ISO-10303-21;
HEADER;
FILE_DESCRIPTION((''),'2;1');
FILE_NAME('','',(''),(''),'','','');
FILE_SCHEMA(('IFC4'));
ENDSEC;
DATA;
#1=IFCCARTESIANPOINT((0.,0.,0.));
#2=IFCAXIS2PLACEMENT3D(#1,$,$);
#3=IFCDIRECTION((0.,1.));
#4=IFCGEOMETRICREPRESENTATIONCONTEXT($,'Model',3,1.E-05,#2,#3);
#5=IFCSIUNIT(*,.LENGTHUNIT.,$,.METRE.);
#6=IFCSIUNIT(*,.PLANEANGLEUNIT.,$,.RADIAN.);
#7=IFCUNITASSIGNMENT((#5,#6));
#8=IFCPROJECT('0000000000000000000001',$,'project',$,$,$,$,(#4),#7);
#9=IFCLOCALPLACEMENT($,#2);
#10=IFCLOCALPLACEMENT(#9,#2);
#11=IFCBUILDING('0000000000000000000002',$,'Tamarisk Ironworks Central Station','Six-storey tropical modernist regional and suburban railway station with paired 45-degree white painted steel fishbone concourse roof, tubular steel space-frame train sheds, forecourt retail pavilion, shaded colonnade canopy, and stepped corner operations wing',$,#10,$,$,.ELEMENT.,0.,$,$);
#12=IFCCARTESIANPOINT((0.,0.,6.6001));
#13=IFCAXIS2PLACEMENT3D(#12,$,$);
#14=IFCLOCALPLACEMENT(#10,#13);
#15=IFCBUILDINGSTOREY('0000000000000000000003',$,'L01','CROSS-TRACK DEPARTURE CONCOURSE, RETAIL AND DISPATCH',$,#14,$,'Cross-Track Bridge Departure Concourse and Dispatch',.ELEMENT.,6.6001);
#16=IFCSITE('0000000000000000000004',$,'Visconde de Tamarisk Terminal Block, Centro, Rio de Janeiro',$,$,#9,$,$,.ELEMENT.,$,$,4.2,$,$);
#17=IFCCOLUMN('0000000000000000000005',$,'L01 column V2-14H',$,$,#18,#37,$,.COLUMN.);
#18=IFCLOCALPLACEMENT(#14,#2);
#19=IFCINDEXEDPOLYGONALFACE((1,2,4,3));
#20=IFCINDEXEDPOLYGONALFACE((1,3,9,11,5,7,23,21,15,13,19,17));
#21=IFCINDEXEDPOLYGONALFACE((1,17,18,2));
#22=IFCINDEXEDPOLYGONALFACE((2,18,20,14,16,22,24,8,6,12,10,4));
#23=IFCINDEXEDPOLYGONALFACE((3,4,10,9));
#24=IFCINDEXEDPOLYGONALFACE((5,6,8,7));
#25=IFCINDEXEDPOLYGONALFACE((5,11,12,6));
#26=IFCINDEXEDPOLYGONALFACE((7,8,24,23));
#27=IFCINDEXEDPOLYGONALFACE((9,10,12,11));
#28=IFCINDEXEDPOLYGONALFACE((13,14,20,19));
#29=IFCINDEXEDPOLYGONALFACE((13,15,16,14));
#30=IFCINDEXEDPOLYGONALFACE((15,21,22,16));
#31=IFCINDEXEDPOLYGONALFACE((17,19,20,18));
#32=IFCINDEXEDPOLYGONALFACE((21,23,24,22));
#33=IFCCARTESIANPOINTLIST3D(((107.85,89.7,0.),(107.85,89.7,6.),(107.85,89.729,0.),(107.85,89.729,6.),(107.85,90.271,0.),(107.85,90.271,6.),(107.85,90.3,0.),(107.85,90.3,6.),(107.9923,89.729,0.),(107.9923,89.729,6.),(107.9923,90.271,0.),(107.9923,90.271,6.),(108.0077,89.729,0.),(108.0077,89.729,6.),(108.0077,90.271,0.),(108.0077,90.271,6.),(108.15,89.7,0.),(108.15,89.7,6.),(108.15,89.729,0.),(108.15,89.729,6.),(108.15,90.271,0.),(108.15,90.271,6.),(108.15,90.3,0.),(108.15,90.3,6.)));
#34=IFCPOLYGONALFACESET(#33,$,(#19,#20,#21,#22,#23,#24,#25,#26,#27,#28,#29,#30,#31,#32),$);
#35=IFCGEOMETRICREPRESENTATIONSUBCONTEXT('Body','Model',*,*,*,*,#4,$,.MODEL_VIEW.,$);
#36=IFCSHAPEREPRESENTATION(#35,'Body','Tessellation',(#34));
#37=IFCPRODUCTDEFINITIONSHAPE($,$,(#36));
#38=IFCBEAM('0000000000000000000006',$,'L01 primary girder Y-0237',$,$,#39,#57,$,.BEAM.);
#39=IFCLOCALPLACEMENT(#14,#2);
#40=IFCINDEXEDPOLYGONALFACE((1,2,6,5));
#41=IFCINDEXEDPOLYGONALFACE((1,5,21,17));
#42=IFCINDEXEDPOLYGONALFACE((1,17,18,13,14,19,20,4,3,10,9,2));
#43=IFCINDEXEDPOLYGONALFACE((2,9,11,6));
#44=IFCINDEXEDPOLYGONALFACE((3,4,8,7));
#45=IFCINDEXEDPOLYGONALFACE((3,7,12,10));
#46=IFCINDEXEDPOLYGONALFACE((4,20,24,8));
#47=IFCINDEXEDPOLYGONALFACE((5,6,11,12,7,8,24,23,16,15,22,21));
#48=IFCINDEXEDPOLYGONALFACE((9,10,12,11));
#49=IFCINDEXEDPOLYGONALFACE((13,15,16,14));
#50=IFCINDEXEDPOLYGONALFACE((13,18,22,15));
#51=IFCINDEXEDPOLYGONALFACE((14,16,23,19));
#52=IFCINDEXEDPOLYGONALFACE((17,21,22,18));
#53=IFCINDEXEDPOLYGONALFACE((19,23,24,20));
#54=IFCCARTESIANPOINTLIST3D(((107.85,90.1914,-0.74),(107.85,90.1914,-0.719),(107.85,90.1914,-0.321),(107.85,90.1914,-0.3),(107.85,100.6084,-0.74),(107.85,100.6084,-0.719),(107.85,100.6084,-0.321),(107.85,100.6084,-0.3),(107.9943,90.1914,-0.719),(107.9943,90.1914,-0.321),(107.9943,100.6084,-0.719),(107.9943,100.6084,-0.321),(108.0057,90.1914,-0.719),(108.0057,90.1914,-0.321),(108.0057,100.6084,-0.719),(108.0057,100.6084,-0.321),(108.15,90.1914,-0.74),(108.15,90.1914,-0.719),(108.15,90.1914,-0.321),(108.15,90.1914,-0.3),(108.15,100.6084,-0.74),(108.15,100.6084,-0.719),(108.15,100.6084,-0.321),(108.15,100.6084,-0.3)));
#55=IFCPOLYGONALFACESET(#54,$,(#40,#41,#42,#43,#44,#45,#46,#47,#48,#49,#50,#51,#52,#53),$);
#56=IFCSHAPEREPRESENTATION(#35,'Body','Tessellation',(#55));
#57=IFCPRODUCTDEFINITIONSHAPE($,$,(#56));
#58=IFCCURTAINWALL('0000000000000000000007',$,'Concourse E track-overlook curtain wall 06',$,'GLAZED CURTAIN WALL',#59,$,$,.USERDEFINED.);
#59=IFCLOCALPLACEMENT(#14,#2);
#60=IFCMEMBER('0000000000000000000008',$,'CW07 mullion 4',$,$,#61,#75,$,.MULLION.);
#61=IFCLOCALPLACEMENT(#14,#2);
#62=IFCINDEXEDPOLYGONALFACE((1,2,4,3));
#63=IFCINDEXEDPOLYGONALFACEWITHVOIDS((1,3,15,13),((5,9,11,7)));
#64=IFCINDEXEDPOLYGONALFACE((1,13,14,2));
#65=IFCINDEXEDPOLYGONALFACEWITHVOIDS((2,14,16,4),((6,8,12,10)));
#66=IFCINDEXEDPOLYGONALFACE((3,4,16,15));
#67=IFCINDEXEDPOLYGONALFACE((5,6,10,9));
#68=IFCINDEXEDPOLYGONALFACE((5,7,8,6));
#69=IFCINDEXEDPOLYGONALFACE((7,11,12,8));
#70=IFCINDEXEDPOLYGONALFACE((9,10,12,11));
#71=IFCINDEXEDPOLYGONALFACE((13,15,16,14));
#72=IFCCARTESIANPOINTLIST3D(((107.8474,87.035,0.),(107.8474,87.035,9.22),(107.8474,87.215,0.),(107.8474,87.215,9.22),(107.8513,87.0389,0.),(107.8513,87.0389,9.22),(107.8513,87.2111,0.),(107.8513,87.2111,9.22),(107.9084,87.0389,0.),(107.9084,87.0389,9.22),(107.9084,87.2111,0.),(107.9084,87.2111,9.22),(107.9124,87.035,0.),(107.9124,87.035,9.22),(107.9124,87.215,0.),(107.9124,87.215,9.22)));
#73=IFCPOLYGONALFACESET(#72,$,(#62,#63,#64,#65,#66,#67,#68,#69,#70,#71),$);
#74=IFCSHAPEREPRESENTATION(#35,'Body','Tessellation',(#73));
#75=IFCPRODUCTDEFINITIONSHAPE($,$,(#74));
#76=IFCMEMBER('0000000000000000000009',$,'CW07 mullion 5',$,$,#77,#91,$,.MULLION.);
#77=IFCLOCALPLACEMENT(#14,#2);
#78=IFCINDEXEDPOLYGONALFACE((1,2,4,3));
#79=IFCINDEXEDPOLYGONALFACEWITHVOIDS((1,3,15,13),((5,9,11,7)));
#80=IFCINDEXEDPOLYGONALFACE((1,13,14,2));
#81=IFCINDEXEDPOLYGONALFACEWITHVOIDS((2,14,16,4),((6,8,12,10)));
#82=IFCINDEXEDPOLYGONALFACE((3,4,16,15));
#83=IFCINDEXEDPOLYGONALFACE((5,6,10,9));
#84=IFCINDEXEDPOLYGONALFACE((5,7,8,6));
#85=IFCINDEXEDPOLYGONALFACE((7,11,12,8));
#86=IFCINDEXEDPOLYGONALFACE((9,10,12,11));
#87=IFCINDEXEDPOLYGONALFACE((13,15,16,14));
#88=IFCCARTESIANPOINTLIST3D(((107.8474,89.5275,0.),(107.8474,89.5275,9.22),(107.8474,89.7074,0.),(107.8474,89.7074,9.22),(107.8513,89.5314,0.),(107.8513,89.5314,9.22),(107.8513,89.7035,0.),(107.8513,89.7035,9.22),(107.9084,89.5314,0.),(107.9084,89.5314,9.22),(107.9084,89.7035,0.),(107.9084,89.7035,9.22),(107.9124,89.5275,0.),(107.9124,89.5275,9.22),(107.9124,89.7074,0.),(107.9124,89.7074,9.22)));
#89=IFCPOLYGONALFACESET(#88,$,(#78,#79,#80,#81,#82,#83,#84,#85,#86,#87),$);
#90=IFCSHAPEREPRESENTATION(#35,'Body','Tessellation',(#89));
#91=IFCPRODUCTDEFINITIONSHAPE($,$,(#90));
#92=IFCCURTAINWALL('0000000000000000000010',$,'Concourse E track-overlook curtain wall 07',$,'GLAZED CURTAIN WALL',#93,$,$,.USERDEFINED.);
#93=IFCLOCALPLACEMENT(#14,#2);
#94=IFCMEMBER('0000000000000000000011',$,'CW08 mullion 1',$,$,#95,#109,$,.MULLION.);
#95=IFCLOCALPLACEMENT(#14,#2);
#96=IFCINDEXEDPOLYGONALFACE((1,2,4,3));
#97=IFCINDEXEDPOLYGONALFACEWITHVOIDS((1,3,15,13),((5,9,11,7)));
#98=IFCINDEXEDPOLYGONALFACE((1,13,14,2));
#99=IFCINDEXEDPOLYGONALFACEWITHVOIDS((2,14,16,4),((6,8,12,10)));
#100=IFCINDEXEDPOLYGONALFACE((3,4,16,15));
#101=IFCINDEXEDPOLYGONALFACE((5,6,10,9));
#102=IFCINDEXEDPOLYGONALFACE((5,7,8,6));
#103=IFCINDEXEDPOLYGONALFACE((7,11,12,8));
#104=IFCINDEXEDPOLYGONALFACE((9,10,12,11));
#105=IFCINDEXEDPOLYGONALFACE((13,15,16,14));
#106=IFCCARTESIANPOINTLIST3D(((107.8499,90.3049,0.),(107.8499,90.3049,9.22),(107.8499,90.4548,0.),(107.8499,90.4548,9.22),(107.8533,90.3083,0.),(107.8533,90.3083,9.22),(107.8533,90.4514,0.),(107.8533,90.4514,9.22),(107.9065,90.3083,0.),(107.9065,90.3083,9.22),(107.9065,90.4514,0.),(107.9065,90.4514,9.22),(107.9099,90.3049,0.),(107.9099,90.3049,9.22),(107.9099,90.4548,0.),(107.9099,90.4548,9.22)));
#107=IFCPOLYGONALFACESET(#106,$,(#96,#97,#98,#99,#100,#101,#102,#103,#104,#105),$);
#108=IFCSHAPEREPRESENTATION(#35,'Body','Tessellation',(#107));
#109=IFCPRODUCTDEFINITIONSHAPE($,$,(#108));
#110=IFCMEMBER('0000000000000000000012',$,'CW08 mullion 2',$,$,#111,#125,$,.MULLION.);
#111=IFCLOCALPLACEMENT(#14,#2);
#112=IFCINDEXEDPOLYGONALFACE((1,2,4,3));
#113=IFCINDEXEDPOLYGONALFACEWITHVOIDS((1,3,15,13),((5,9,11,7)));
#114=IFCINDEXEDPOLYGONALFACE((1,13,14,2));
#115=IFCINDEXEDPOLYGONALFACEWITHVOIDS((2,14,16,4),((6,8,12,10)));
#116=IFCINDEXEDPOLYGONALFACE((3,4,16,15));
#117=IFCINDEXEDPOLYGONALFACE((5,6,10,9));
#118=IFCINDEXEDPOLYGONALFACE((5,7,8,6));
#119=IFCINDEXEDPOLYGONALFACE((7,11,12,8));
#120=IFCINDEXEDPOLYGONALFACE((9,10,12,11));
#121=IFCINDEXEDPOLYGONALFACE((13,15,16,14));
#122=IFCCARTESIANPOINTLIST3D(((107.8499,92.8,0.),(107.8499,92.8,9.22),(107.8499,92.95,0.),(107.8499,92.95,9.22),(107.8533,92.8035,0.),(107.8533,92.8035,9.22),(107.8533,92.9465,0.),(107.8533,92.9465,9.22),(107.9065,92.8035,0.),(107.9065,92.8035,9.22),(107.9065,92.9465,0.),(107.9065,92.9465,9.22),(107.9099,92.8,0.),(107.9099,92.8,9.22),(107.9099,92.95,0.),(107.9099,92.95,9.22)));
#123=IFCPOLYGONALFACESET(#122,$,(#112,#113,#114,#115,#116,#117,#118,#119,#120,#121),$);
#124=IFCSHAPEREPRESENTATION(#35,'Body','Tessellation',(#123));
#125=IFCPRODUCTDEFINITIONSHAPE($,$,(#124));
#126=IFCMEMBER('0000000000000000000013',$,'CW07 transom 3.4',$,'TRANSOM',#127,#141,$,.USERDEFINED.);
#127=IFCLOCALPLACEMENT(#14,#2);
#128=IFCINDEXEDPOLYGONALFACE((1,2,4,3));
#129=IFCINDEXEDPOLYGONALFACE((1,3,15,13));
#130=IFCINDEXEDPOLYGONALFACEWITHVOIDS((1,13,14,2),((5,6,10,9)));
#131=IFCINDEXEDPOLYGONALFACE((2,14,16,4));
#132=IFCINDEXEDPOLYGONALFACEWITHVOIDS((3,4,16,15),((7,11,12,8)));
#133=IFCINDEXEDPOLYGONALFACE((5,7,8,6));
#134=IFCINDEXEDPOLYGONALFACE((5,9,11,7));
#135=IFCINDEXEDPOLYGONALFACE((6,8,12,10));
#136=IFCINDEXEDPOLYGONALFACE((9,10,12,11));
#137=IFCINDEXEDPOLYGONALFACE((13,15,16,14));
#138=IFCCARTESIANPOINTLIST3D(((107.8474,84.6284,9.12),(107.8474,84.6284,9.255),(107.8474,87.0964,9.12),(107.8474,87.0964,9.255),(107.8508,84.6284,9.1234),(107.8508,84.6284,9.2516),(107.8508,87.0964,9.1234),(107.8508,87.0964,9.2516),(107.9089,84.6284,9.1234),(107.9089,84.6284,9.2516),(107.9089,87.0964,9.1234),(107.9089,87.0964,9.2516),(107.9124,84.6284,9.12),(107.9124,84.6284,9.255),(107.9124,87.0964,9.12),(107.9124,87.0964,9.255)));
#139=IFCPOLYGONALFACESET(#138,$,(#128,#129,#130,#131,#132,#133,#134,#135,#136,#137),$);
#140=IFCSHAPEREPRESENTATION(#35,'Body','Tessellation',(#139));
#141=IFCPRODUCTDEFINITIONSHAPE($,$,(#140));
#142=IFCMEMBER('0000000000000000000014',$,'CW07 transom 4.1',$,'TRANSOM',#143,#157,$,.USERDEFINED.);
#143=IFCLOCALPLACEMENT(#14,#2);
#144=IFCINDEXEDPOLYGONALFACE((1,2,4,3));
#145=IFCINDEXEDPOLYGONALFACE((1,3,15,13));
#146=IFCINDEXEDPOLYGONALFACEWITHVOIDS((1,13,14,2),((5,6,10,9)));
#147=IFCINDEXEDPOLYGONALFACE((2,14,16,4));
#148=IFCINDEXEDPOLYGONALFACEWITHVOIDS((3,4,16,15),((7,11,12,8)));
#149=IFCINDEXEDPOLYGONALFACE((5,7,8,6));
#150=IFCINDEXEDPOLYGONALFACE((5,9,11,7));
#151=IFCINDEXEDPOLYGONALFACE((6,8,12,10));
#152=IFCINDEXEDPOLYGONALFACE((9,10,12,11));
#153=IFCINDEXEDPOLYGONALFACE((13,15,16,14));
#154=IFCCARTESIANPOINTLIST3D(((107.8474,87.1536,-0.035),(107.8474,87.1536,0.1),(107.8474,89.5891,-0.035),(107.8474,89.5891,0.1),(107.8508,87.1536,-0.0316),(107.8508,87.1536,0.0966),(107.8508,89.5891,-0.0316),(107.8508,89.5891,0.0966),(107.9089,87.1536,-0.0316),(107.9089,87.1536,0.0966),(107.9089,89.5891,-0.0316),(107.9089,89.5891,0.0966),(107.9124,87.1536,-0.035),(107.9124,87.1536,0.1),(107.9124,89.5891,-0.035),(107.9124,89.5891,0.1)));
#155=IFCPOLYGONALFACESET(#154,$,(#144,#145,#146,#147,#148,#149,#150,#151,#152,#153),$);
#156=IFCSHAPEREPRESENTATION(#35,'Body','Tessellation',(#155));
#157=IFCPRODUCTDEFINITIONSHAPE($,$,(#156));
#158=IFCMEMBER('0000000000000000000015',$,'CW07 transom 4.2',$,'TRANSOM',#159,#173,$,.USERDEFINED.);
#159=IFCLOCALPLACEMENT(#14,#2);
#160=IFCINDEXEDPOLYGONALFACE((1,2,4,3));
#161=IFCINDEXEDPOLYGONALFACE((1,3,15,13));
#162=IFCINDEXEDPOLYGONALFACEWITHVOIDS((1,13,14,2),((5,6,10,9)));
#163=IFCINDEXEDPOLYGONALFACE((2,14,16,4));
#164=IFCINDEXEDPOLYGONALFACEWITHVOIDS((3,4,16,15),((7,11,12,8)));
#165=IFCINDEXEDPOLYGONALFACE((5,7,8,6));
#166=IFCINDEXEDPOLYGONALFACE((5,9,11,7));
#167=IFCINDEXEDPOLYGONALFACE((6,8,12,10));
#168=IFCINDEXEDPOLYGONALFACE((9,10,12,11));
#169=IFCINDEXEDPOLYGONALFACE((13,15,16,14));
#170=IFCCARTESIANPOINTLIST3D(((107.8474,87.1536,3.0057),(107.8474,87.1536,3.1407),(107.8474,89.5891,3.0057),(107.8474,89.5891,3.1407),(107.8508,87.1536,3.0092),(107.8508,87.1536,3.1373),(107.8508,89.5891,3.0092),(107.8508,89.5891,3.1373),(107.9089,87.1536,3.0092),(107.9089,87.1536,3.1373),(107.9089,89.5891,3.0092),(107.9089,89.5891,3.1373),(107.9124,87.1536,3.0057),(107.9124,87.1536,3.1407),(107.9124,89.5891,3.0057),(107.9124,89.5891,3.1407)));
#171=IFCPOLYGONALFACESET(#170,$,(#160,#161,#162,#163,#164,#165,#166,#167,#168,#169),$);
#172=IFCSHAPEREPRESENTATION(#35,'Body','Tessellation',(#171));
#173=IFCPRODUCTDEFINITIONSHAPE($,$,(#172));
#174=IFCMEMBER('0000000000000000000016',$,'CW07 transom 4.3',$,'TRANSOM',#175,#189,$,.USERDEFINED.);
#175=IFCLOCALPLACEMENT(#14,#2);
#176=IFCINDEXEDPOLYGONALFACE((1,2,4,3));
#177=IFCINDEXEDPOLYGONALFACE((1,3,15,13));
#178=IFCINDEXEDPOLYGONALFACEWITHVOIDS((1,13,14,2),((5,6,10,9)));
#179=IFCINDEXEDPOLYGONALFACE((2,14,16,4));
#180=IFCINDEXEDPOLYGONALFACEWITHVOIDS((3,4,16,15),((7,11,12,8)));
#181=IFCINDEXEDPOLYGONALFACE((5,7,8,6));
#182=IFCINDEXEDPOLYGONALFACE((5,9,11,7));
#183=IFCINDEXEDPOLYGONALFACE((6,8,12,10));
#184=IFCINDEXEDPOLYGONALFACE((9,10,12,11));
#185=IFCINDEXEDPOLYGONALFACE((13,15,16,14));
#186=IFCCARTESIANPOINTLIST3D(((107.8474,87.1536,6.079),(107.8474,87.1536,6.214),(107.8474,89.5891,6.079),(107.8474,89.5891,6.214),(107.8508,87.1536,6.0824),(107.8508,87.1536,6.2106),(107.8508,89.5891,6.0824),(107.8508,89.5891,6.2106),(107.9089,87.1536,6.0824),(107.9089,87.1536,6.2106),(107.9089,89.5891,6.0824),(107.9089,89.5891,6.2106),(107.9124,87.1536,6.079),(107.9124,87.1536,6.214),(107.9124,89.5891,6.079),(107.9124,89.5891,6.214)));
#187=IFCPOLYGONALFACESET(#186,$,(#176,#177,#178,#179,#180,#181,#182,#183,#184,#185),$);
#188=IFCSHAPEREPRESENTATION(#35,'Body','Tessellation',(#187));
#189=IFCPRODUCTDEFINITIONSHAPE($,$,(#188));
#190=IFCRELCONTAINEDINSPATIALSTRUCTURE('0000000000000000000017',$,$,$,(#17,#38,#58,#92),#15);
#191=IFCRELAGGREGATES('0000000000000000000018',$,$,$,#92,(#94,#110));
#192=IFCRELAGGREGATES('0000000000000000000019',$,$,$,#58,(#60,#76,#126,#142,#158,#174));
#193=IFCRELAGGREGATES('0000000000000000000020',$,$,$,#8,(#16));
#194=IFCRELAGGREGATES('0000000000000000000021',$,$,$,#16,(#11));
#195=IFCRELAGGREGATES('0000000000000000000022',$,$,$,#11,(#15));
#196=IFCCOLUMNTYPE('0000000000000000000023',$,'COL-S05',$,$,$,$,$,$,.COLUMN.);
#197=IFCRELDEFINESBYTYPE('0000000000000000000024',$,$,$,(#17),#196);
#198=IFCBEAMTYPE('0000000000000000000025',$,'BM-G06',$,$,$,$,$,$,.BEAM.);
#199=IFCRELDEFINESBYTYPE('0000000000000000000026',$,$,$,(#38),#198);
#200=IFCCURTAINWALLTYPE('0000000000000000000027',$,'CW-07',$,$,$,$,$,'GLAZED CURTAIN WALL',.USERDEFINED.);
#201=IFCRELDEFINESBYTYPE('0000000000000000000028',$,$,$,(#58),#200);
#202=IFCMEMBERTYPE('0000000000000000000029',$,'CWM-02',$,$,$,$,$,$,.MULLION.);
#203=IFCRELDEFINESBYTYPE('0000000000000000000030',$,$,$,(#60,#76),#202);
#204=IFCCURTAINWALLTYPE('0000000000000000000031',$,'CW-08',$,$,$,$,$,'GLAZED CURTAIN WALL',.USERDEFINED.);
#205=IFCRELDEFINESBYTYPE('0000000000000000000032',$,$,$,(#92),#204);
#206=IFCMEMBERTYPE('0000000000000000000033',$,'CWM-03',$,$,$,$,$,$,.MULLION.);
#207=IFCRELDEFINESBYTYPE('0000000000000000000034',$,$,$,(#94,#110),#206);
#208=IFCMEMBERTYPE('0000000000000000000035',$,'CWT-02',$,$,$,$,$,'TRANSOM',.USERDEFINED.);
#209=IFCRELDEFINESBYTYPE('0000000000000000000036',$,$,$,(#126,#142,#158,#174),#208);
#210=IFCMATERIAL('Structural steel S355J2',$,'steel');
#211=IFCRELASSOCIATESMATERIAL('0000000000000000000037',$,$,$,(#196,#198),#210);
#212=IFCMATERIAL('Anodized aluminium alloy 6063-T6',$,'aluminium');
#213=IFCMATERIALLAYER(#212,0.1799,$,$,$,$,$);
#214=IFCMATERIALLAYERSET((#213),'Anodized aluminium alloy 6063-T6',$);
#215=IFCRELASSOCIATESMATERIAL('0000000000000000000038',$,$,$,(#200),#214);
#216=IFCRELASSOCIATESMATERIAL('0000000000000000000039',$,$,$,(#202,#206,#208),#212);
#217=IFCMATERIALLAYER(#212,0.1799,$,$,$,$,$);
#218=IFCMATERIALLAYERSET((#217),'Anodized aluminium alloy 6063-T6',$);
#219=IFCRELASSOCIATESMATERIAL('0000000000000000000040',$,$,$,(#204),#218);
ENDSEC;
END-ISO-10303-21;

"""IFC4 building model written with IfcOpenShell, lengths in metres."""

from ifc_helpers import new_model, si_unit, direction, frame, origin, origin_2d, place, context, subcontext, project, spatial, hollow_rectangle, i_section, extrude, material, layer, layer_set, material_profile, profile_set, type_object, element, aggregate, save


model = new_model("IFC4")

# Units and contexts
model_context = context("Model", 3, precision=1e-05, world=origin(), true_north=direction((0.0, 1.0)))
body_context = subcontext(model_context, "Body", "Model", "MODEL_VIEW")
ifc_project = project(units=[si_unit("LENGTHUNIT", "METRE"), si_unit("PLANEANGLEUNIT", "RADIAN")], contexts=[model_context])

# Site, building, storey
site_placement = place(None, origin())
site = spatial("IfcSite", under=ifc_project, at=site_placement, Name="Visconde de Tamarisk Terminal Block, Centro, Rio de Janeiro", CompositionType="ELEMENT", RefElevation=4.2)
building_placement = place(site_placement, origin())
building = spatial("IfcBuilding", under=site, at=building_placement, Name="Tamarisk Ironworks Central Station", Description="Six-storey tropical modernist regional and suburban railway station with paired 45-degree white painted steel fishbone concourse roof, tubular steel space-frame train sheds, forecourt retail pavilion, shaded colonnade canopy, and stepped corner operations wing", CompositionType="ELEMENT", ElevationOfRefHeight=0.0)
storey_placement = place(building_placement, frame((0.0, 0.0, 6.6001)))
storey = spatial("IfcBuildingStorey", under=building, at=storey_placement, Name="L01", Description="CROSS-TRACK DEPARTURE CONCOURSE, RETAIL AND DISPATCH", LongName="Cross-Track Bridge Departure Concourse and Dispatch", CompositionType="ELEMENT", Elevation=6.6001)

# Column
ifc_material_1 = material(Name="Structural steel S355J2", Category="steel")
ifc_material_profile_1 = material_profile(ifc_material_1, i_section(OverallWidth=0.3, OverallDepth=0.6001, WebThickness=0.0154, FlangeThickness=0.0291, at=origin_2d()), Name="HEB 600")
ifc_profile_set_1 = profile_set([ifc_material_profile_1], Name="Structural steel S355J2")
column_type = type_object("IfcColumnType", Name="COL-S05", PredefinedType="COLUMN", material=ifc_profile_set_1)
column_placement = place(storey_placement, frame((108.0, 90.0, 0.0), z_axis=(0.0, 0.0, 1.0), x_axis=(1.0, 0.0, 0.0)))
element("IfcColumn", 1, at=column_placement, inside=storey, type_object=column_type, Name="L01 column V2-14H", PredefinedType="COLUMN", context=body_context, shape_type="SweptSolid", body=[
    extrude(i_section(OverallWidth=0.3, OverallDepth=0.6001, WebThickness=0.0154, FlangeThickness=0.0291, at=origin_2d()), origin(), (0.0, 0.0, 1.0), 6.0),
])

# Beam
ifc_material_profile_2 = material_profile(ifc_material_1, i_section(OverallWidth=0.3, OverallDepth=0.4399, WebThickness=0.0115, FlangeThickness=0.021, at=origin_2d()), Name="HEA 450")
ifc_profile_set_2 = profile_set([ifc_material_profile_2], Name="Structural steel S355J2")
beam_type = type_object("IfcBeamType", Name="BM-G06", PredefinedType="BEAM", material=ifc_profile_set_2)
beam_placement = place(storey_placement, frame((108.0, 90.1914, -0.52), z_axis=(0.0, 1.0, 0.0), x_axis=(-1.0, 0.0, 0.0)))
element("IfcBeam", 2, at=beam_placement, inside=storey, type_object=beam_type, Name="L01 primary girder Y-0237", PredefinedType="BEAM", context=body_context, shape_type="SweptSolid", body=[
    extrude(i_section(OverallWidth=0.3, OverallDepth=0.4399, WebThickness=0.0115, FlangeThickness=0.021, at=origin_2d()), origin(), (0.0, 0.0, 1.0), 10.417),
])

# Curtain walls, members
ifc_material_2 = material(Name="Anodized aluminium alloy 6063-T6", Category="aluminium")
ifc_layer_1 = layer(ifc_material_2, 0.1799)
ifc_layer_set_1 = layer_set([ifc_layer_1], Name="Anodized aluminium alloy 6063-T6")
curtain_wall_type_1 = type_object("IfcCurtainWallType", Name="CW-07", ElementType="GLAZED CURTAIN WALL", PredefinedType="USERDEFINED", material=ifc_layer_set_1)
curtain_wall_1_placement = place(storey_placement, origin())
curtain_wall_1 = element("IfcCurtainWall", 3, at=curtain_wall_1_placement, inside=storey, type_object=curtain_wall_type_1, Name="Concourse E track-overlook curtain wall 06", ObjectType="GLAZED CURTAIN WALL", PredefinedType="USERDEFINED")
ifc_material_profile_3 = material_profile(ifc_material_2, hollow_rectangle(XDim=0.0649, YDim=0.1799, WallThickness=0.0039, at=origin_2d()), Name="ALUM 180x65")
ifc_profile_set_3 = profile_set([ifc_material_profile_3], Name="Anodized aluminium alloy 6063-T6")
member_type_1 = type_object("IfcMemberType", Name="CWM-02", PredefinedType="MULLION", material=ifc_profile_set_3)
member_1_placement = place(storey_placement, frame((107.8799, 87.125, 0.0), z_axis=(0.0, 0.0, 1.0), x_axis=(-1.0, 0.0, 0.0)))
member_1 = element("IfcMember", 4, at=member_1_placement, type_object=member_type_1, Name="CW07 mullion 4", PredefinedType="MULLION", context=body_context, shape_type="SweptSolid", body=[
    extrude(hollow_rectangle(XDim=0.0649, YDim=0.1799, WallThickness=0.0039, at=origin_2d()), origin(), (0.0, 0.0, 1.0), 9.22),
])
member_2_placement = place(storey_placement, frame((107.8799, 89.6174, 0.0), z_axis=(0.0, 0.0, 1.0), x_axis=(-1.0, 0.0, 0.0)))
member_2 = element("IfcMember", 5, at=member_2_placement, type_object=member_type_1, Name="CW07 mullion 5", PredefinedType="MULLION", context=body_context, shape_type="SweptSolid", body=[
    extrude(hollow_rectangle(XDim=0.0649, YDim=0.1799, WallThickness=0.0039, at=origin_2d()), origin(), (0.0, 0.0, 1.0), 9.22),
])
ifc_layer_2 = layer(ifc_material_2, 0.1799)
ifc_layer_set_2 = layer_set([ifc_layer_2], Name="Anodized aluminium alloy 6063-T6")
curtain_wall_type_2 = type_object("IfcCurtainWallType", Name="CW-08", ElementType="GLAZED CURTAIN WALL", PredefinedType="USERDEFINED", material=ifc_layer_set_2)
curtain_wall_2_placement = place(storey_placement, origin())
curtain_wall_2 = element("IfcCurtainWall", 6, at=curtain_wall_2_placement, inside=storey, type_object=curtain_wall_type_2, Name="Concourse E track-overlook curtain wall 07", ObjectType="GLAZED CURTAIN WALL", PredefinedType="USERDEFINED")
ifc_material_profile_4 = material_profile(ifc_material_2, hollow_rectangle(XDim=0.0601, YDim=0.1499, WallThickness=0.0034, at=origin_2d()), Name="ALUM 150x60")
ifc_profile_set_4 = profile_set([ifc_material_profile_4], Name="Anodized aluminium alloy 6063-T6")
member_type_2 = type_object("IfcMemberType", Name="CWM-03", PredefinedType="MULLION", material=ifc_profile_set_4)
member_3_placement = place(storey_placement, frame((107.8799, 90.3799, 0.0), z_axis=(0.0, 0.0, 1.0), x_axis=(-1.0, 0.0, 0.0)))
member_3 = element("IfcMember", 7, at=member_3_placement, type_object=member_type_2, Name="CW08 mullion 1", PredefinedType="MULLION", context=body_context, shape_type="SweptSolid", body=[
    extrude(hollow_rectangle(XDim=0.0601, YDim=0.1499, WallThickness=0.0034, at=origin_2d()), origin(), (0.0, 0.0, 1.0), 9.22),
])
member_4_placement = place(storey_placement, frame((107.8799, 92.875, 0.0), z_axis=(0.0, 0.0, 1.0), x_axis=(-1.0, 0.0, 0.0)))
member_4 = element("IfcMember", 8, at=member_4_placement, type_object=member_type_2, Name="CW08 mullion 2", PredefinedType="MULLION", context=body_context, shape_type="SweptSolid", body=[
    extrude(hollow_rectangle(XDim=0.0601, YDim=0.1499, WallThickness=0.0034, at=origin_2d()), origin(), (0.0, 0.0, 1.0), 9.22),
])

# Members
ifc_material_profile_5 = material_profile(ifc_material_2, hollow_rectangle(XDim=0.0649, YDim=0.135, WallThickness=0.0034, at=origin_2d()), Name="ALUM 135x65")
ifc_profile_set_5 = profile_set([ifc_material_profile_5], Name="Anodized aluminium alloy 6063-T6")
member_type_3 = type_object("IfcMemberType", Name="CWT-02", ElementType="TRANSOM", PredefinedType="USERDEFINED", material=ifc_profile_set_5)
member_5_placement = place(storey_placement, frame((107.8799, 84.6284, 9.1875), z_axis=(0.0, 1.0, 0.0), x_axis=(-1.0, 0.0, 0.0)))
member_5 = element("IfcMember", 9, at=member_5_placement, type_object=member_type_3, Name="CW07 transom 3.4", ObjectType="TRANSOM", PredefinedType="USERDEFINED", context=body_context, shape_type="SweptSolid", body=[
    extrude(hollow_rectangle(XDim=0.0649, YDim=0.135, WallThickness=0.0034, at=origin_2d()), origin(), (0.0, 0.0, 1.0), 2.468),
])
member_6_placement = place(storey_placement, frame((107.8799, 87.1536, 0.0325), z_axis=(0.0, 1.0, 0.0), x_axis=(-1.0, 0.0, 0.0)))
member_6 = element("IfcMember", 10, at=member_6_placement, type_object=member_type_3, Name="CW07 transom 4.1", ObjectType="TRANSOM", PredefinedType="USERDEFINED", context=body_context, shape_type="SweptSolid", body=[
    extrude(hollow_rectangle(XDim=0.0649, YDim=0.135, WallThickness=0.0034, at=origin_2d()), origin(), (0.0, 0.0, 1.0), 2.4355),
])
member_7_placement = place(storey_placement, frame((107.8799, 87.1536, 3.0732), z_axis=(0.0, 1.0, 0.0), x_axis=(-1.0, 0.0, 0.0)))
member_7 = element("IfcMember", 11, at=member_7_placement, type_object=member_type_3, Name="CW07 transom 4.2", ObjectType="TRANSOM", PredefinedType="USERDEFINED", context=body_context, shape_type="SweptSolid", body=[
    extrude(hollow_rectangle(XDim=0.0649, YDim=0.135, WallThickness=0.0034, at=origin_2d()), origin(), (0.0, 0.0, 1.0), 2.4355),
])
member_8_placement = place(storey_placement, frame((107.8799, 87.1536, 6.1465), z_axis=(0.0, 1.0, 0.0), x_axis=(-1.0, 0.0, 0.0)))
member_8 = element("IfcMember", 12, at=member_8_placement, type_object=member_type_3, Name="CW07 transom 4.3", ObjectType="TRANSOM", PredefinedType="USERDEFINED", context=body_context, shape_type="SweptSolid", body=[
    extrude(hollow_rectangle(XDim=0.0649, YDim=0.135, WallThickness=0.0034, at=origin_2d()), origin(), (0.0, 0.0, 1.0), 2.4355),
])

aggregate(curtain_wall_2, [member_3, member_4])
aggregate(curtain_wall_1, [member_1, member_2, member_5, member_6, member_7, member_8])

save(model, "model.ifc")
